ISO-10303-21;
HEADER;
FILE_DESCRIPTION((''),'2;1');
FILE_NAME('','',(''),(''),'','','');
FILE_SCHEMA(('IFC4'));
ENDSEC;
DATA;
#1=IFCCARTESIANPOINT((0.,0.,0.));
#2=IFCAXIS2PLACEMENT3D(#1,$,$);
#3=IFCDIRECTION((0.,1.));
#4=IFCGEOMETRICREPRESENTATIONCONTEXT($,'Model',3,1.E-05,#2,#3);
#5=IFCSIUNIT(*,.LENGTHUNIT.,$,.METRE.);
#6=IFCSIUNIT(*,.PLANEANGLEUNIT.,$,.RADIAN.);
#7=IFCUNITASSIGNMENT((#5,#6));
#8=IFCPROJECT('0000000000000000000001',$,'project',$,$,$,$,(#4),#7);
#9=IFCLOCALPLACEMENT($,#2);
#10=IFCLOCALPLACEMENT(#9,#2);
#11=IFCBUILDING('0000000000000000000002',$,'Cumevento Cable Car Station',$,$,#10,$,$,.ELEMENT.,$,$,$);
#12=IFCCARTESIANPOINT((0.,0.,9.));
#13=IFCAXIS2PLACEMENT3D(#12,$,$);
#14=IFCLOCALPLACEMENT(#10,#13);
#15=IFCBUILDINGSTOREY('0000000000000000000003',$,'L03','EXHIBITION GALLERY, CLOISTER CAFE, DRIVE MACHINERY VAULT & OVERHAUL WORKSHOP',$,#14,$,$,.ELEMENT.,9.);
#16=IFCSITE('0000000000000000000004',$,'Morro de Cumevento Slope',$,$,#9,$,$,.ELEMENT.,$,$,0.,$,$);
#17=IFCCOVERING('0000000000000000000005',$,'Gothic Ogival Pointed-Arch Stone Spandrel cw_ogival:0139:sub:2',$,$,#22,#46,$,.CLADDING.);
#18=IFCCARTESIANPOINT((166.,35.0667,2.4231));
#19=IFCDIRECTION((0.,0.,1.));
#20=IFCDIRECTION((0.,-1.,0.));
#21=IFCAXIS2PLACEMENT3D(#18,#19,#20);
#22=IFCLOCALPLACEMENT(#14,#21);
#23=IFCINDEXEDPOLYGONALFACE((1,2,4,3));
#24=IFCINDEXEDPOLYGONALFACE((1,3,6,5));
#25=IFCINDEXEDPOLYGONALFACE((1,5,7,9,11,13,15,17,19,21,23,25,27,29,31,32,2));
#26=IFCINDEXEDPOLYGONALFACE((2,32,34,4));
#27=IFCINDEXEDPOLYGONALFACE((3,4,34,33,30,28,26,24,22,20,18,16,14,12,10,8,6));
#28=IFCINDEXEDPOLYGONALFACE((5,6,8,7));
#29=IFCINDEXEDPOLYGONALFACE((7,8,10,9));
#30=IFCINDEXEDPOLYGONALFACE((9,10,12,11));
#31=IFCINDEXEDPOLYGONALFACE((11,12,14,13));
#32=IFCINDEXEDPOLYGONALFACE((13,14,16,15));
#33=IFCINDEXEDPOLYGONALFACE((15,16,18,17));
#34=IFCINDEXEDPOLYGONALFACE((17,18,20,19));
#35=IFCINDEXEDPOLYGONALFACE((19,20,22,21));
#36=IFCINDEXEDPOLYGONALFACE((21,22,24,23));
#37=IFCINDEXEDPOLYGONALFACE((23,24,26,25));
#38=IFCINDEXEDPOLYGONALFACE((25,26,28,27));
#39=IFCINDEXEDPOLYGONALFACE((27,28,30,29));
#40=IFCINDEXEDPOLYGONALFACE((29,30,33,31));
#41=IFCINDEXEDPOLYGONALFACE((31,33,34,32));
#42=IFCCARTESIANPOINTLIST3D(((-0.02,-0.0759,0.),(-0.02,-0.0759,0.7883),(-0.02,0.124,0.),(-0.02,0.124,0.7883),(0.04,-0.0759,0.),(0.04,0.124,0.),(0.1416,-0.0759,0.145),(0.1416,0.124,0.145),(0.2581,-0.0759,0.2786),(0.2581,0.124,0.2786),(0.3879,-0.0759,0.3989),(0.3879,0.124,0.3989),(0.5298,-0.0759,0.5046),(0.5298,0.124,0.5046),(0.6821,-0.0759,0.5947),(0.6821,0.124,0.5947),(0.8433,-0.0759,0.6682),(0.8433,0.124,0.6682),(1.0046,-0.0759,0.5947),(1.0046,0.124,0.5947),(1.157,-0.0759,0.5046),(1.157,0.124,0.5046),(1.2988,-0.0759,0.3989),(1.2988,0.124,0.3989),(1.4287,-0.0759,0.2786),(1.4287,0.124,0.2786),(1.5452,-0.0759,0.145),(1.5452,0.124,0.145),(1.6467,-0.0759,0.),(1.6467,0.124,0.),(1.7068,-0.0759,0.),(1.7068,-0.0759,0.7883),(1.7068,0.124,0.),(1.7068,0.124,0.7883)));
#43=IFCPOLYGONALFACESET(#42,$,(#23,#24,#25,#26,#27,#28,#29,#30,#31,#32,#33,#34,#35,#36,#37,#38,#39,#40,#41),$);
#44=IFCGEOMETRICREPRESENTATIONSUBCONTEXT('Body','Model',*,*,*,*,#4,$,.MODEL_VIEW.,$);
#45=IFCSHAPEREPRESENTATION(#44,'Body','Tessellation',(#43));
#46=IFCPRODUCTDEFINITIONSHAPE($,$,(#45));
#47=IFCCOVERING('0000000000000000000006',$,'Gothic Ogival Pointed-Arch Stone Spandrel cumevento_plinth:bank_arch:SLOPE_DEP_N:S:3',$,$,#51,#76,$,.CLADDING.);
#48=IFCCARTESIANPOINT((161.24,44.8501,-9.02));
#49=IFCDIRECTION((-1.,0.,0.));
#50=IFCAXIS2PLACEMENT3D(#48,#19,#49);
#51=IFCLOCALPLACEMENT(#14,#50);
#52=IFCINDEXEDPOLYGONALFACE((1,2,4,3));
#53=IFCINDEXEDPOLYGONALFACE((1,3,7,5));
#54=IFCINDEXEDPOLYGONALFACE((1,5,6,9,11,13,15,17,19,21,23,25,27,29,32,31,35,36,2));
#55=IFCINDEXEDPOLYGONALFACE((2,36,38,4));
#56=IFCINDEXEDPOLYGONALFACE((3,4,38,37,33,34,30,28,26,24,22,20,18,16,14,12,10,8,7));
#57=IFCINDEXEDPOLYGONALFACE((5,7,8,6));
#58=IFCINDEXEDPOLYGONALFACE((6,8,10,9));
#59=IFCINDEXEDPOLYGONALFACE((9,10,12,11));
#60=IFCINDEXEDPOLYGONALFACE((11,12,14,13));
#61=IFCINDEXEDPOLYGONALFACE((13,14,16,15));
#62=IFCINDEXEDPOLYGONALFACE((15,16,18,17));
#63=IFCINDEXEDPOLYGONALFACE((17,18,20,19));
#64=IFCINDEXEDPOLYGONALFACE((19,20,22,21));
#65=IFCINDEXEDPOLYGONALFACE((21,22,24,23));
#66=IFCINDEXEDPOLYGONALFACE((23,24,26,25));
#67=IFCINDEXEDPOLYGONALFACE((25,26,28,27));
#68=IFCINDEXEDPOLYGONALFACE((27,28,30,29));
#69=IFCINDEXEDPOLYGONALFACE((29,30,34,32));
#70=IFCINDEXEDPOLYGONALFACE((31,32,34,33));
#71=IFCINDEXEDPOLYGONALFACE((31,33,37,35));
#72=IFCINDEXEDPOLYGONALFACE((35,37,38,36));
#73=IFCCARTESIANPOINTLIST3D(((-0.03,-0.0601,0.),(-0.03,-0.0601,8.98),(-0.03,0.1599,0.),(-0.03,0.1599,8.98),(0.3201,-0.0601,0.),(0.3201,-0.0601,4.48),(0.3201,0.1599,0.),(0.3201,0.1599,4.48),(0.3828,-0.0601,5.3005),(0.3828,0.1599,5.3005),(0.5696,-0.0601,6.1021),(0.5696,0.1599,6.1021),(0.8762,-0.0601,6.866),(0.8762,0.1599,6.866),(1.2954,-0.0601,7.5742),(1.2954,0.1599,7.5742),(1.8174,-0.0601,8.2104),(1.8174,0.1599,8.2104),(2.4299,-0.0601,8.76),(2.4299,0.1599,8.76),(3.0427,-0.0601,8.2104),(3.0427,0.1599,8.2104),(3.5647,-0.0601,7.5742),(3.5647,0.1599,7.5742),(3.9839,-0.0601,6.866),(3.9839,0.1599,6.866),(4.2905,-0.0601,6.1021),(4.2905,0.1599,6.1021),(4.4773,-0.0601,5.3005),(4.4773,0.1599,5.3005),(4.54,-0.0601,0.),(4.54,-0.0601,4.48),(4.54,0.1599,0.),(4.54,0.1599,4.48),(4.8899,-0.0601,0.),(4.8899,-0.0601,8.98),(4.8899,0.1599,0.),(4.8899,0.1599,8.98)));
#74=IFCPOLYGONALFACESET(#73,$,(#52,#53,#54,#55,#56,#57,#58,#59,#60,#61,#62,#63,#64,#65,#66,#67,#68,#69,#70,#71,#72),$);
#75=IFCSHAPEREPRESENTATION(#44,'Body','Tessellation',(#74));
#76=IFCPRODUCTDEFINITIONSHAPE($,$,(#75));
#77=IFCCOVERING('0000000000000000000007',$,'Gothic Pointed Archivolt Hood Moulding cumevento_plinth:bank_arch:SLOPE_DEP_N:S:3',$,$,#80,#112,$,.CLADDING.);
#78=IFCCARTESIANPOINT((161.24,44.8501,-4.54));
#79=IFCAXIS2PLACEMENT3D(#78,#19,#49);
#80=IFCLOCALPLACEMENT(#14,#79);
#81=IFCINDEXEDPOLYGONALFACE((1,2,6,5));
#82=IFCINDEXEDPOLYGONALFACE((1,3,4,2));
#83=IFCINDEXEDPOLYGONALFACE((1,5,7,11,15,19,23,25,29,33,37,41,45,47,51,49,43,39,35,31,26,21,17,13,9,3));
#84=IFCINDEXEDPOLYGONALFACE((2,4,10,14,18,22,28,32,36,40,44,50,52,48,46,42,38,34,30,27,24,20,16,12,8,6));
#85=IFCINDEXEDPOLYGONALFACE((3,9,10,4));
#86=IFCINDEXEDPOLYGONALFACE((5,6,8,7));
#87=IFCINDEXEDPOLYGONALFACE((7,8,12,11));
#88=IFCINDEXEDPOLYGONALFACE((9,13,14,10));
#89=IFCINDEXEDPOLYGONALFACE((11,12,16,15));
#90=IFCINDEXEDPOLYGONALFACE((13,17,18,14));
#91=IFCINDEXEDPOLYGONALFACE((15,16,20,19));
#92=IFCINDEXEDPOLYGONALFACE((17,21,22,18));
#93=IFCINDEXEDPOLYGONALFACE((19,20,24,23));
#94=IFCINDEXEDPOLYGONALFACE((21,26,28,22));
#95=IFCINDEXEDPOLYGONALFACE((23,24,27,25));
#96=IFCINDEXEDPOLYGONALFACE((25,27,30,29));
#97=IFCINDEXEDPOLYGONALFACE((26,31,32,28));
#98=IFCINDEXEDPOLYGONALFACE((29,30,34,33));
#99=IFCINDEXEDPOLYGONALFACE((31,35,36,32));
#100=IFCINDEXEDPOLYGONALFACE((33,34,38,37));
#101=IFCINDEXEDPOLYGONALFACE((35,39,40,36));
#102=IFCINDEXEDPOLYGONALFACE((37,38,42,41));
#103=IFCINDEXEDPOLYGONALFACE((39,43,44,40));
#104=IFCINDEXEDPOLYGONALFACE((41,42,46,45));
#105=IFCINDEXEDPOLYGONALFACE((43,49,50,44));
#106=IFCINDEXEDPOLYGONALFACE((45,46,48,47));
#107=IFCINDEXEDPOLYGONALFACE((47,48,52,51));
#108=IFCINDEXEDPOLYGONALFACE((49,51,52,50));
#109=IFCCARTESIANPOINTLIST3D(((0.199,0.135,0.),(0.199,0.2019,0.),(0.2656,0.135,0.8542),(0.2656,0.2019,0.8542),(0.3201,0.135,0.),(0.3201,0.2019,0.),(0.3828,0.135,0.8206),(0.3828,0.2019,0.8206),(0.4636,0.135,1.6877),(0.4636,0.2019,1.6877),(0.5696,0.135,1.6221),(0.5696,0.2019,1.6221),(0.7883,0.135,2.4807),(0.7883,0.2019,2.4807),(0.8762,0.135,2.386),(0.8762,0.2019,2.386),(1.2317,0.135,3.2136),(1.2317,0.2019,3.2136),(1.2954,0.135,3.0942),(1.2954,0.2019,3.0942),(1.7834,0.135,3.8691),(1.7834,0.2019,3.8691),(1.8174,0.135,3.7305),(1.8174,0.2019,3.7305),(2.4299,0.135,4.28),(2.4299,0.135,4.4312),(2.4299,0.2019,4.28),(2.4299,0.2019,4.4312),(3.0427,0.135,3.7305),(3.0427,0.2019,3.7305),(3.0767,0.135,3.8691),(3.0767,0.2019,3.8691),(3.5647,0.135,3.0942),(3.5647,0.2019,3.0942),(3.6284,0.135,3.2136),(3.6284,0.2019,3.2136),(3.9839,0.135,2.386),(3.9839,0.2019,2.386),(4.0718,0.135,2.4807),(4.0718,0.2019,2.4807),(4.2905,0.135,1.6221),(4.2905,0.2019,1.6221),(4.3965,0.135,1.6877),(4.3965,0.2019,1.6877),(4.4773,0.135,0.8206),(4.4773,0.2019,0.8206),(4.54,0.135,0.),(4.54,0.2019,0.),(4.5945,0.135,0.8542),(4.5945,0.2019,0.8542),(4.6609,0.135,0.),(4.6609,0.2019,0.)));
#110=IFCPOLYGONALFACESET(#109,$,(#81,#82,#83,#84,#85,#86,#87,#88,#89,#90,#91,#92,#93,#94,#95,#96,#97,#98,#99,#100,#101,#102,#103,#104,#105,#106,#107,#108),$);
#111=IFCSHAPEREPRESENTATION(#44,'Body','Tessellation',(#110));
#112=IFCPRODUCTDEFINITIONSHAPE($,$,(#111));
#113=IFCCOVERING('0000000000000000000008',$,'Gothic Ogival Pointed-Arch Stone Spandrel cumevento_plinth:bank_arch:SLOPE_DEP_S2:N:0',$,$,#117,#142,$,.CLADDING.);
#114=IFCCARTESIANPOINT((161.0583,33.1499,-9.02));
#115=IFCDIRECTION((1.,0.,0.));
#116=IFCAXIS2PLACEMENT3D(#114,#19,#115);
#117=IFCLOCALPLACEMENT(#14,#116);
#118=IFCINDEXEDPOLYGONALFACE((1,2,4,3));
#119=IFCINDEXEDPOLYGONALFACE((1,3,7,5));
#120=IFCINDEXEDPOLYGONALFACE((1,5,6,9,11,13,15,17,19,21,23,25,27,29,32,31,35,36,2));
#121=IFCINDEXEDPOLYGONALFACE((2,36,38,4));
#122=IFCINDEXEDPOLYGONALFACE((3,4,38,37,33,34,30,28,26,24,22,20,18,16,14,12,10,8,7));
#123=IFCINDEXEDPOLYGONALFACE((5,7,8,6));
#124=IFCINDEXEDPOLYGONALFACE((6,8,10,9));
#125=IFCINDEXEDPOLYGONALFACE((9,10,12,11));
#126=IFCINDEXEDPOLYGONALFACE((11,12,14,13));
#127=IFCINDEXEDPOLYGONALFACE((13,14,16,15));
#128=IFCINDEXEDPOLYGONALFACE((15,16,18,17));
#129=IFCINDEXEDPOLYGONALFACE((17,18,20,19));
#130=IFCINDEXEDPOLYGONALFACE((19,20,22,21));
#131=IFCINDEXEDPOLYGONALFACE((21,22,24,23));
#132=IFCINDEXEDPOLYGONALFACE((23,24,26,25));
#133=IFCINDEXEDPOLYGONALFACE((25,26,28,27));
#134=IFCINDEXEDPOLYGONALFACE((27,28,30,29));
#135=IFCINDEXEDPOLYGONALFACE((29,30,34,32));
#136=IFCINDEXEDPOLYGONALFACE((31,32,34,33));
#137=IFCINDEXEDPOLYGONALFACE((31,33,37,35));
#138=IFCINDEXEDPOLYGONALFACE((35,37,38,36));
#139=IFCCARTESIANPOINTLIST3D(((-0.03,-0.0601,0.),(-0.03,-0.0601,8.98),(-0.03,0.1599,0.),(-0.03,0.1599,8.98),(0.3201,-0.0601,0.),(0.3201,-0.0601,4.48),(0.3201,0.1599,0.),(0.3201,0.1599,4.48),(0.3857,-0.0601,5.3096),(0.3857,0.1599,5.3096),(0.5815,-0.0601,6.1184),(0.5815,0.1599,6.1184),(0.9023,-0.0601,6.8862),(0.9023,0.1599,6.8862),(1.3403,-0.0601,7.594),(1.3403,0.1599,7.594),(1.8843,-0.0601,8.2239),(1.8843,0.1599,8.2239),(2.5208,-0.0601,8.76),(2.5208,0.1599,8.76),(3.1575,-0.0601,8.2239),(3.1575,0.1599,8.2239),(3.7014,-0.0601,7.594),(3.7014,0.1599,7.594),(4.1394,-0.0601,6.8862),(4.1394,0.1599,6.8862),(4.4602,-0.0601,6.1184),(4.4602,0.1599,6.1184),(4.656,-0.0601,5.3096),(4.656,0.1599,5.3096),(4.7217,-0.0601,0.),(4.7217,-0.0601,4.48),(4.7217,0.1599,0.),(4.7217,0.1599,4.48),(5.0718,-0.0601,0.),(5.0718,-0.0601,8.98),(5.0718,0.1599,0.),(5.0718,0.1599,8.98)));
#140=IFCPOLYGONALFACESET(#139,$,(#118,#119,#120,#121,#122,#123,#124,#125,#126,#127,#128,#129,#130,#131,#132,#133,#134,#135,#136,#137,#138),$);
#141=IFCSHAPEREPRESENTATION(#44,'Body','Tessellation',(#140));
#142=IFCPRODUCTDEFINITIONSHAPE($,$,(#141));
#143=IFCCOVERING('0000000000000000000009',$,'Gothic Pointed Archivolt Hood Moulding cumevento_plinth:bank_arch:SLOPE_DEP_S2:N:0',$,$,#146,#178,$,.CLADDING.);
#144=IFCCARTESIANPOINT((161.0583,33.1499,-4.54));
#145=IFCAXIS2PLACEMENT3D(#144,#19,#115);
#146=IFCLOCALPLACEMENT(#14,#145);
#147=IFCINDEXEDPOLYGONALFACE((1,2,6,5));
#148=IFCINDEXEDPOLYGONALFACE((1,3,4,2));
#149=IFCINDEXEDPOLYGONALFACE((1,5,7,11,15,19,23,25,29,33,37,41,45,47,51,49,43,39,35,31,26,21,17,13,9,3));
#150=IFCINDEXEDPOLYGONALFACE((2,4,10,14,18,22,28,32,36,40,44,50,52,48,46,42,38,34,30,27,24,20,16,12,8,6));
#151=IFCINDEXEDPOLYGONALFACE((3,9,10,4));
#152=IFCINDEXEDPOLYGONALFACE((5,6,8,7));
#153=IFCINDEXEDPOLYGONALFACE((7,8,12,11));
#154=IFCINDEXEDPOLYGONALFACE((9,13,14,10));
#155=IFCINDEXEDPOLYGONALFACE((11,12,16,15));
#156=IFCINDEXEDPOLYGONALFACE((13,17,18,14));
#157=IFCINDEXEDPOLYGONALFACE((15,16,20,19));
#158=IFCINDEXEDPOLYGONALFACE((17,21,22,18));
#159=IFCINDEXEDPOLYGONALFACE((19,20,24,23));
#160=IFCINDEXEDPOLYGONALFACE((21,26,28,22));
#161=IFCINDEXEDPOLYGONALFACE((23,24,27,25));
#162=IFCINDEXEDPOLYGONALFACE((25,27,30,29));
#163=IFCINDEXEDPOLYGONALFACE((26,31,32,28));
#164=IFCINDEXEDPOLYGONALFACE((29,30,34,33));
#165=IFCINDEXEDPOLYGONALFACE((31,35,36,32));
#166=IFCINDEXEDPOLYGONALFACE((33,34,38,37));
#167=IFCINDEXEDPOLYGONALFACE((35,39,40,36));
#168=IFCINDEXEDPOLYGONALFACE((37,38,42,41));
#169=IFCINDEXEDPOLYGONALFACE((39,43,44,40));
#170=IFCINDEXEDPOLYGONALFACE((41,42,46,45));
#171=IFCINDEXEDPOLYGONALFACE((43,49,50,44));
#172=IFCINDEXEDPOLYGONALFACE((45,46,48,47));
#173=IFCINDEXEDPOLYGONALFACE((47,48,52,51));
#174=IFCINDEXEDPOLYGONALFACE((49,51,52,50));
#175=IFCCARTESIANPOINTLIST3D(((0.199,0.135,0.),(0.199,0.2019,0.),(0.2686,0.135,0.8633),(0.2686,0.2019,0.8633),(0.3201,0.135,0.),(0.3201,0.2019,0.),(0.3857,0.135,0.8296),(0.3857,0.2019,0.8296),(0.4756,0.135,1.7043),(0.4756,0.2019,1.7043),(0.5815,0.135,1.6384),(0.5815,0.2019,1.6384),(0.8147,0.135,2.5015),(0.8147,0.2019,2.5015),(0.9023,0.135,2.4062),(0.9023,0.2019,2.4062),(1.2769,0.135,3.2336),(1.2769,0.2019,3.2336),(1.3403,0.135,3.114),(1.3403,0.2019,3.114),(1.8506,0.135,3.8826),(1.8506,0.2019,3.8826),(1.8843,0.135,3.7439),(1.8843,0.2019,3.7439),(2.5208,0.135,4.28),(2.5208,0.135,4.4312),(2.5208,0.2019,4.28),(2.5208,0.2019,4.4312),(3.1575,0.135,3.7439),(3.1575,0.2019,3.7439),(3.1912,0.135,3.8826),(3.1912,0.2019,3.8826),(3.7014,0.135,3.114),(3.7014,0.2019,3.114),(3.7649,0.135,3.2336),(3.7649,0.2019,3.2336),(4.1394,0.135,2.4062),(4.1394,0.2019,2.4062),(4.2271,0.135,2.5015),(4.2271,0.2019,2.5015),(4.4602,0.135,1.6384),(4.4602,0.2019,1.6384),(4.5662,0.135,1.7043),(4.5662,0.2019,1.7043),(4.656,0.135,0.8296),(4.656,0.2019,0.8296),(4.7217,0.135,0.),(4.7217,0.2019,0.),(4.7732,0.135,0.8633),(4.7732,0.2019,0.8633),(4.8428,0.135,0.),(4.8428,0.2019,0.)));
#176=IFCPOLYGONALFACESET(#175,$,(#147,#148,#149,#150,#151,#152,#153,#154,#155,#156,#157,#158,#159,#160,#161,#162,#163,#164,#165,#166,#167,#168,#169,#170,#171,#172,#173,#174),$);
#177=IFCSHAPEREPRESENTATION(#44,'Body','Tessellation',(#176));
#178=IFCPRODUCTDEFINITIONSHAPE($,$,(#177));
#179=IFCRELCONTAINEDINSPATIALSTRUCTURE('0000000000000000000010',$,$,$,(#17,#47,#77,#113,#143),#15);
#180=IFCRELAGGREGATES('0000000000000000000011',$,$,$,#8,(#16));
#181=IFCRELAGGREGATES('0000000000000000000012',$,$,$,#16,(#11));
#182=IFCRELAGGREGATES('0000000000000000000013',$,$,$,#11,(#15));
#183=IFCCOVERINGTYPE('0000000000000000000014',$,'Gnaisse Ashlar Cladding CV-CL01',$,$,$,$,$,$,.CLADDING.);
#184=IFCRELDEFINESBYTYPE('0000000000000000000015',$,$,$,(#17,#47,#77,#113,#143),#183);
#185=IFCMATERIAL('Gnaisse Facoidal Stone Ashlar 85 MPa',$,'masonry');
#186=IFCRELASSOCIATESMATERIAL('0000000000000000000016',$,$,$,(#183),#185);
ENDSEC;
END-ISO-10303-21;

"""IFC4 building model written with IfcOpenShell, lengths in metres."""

from ifc_helpers import new_model, si_unit, direction, frame, origin, place, context, subcontext, project, spatial, polyline, outline, extrude, material, type_object, element, save


model = new_model("IFC4")

# Units and contexts
model_context = context("Model", 3, precision=1e-05, world=origin(), true_north=direction((0.0, 1.0)))
body_context = subcontext(model_context, "Body", "Model", "MODEL_VIEW")
ifc_project = project(units=[si_unit("LENGTHUNIT", "METRE"), si_unit("PLANEANGLEUNIT", "RADIAN")], contexts=[model_context])

# Site, building, storey
site_placement = place(None, origin())
site = spatial("IfcSite", under=ifc_project, at=site_placement, Name="Morro de Cumevento Slope", CompositionType="ELEMENT", RefElevation=0.0)
building_placement = place(site_placement, origin())
building = spatial("IfcBuilding", under=site, at=building_placement, Name="Cumevento Cable Car Station", CompositionType="ELEMENT")
storey_placement = place(building_placement, frame((0.0, 0.0, 9.0)))
storey = spatial("IfcBuildingStorey", under=building, at=storey_placement, Name="L03", Description="EXHIBITION GALLERY, CLOISTER CAFE, DRIVE MACHINERY VAULT & OVERHAUL WORKSHOP", CompositionType="ELEMENT", Elevation=9.0)

# Coverings
ifc_material_1 = material(Name="Gnaisse Facoidal Stone Ashlar 85 MPa", Category="masonry")
covering_type = type_object("IfcCoveringType", Name="Gnaisse Ashlar Cladding CV-CL01", PredefinedType="CLADDING", material=ifc_material_1)
covering_1_placement = place(storey_placement, frame((166.0, 35.0667, 2.4231), z_axis=(0.0, 0.0, 1.0), x_axis=(0.0, -1.0, 0.0)))
element("IfcCovering", 1, at=covering_1_placement, inside=storey, type_object=covering_type, Name="Gothic Ogival Pointed-Arch Stone Spandrel cw_ogival:0139:sub:2", PredefinedType="CLADDING", context=body_context, shape_type="SweptSolid", body=[
    extrude(outline(polyline([(-0.02, 0.0), (-0.02, 0.7883), (1.7068, 0.7883), (1.7068, 0.0), (1.6467, 0.0), (1.5452, 0.145), (1.4287, 0.2786), (1.2988, 0.3989), (1.157, 0.5046), (1.0046, 0.5947), (0.8433, 0.6682), (0.6821, 0.5947), (0.5298, 0.5046), (0.3879, 0.3989), (0.2581, 0.2786), (0.1416, 0.145), (0.04, 0.0), (-0.02, 0.0)])), frame((0.0, 0.124, 0.0), z_axis=(0.0, -1.0, 0.0), x_axis=(1.0, 0.0, 0.0)), (0.0, 0.0, 1.0), 0.2),
])
covering_2_placement = place(storey_placement, frame((161.24, 44.8501, -9.02), z_axis=(0.0, 0.0, 1.0), x_axis=(-1.0, 0.0, 0.0)))
element("IfcCovering", 2, at=covering_2_placement, inside=storey, type_object=covering_type, Name="Gothic Ogival Pointed-Arch Stone Spandrel cumevento_plinth:bank_arch:SLOPE_DEP_N:S:3", PredefinedType="CLADDING", context=body_context, shape_type="SweptSolid", body=[
    extrude(outline(polyline([(-0.03, 0.0), (-0.03, 8.98), (4.8899, 8.98), (4.8899, 0.0), (4.54, 0.0), (4.54, 4.48), (4.4773, 5.3005), (4.2905, 6.1021), (3.9839, 6.866), (3.5647, 7.5742), (3.0427, 8.2104), (2.4299, 8.76), (1.8174, 8.2104), (1.2954, 7.5742), (0.8762, 6.866), (0.5696, 6.1021), (0.3828, 5.3005), (0.3201, 4.48), (0.3201, 0.0), (-0.03, 0.0)])), frame((0.0, 0.1599, 0.0), z_axis=(0.0, -1.0, 0.0), x_axis=(1.0, 0.0, 0.0)), (0.0, 0.0, 1.0), 0.22),
])
covering_3_placement = place(storey_placement, frame((161.24, 44.8501, -4.54), z_axis=(0.0, 0.0, 1.0), x_axis=(-1.0, 0.0, 0.0)))
element("IfcCovering", 3, at=covering_3_placement, inside=storey, type_object=covering_type, Name="Gothic Pointed Archivolt Hood Moulding cumevento_plinth:bank_arch:SLOPE_DEP_N:S:3", PredefinedType="CLADDING", context=body_context, shape_type="SweptSolid", body=[
    extrude(outline(polyline([(0.3201, 0.0), (0.3828, 0.8206), (0.5696, 1.6221), (0.8762, 2.386), (1.2954, 3.0942), (1.8174, 3.7305), (2.4299, 4.28), (3.0427, 3.7305), (3.5647, 3.0942), (3.9839, 2.386), (4.2905, 1.6221), (4.4773, 0.8206), (4.54, 0.0), (4.6609, 0.0), (4.5945, 0.8542), (4.3965, 1.6877), (4.0718, 2.4807), (3.6284, 3.2136), (3.0767, 3.8691), (2.4299, 4.4312), (1.7834, 3.8691), (1.2317, 3.2136), (0.7883, 2.4807), (0.4636, 1.6877), (0.2656, 0.8542), (0.199, 0.0), (0.3201, 0.0)])), frame((0.0, 0.2019, 0.0), z_axis=(0.0, -1.0, 0.0), x_axis=(1.0, 0.0, 0.0)), (0.0, 0.0, 1.0), 0.0669),
])
covering_4_placement = place(storey_placement, frame((161.0583, 33.1499, -9.02), z_axis=(0.0, 0.0, 1.0), x_axis=(1.0, 0.0, 0.0)))
element("IfcCovering", 4, at=covering_4_placement, inside=storey, type_object=covering_type, Name="Gothic Ogival Pointed-Arch Stone Spandrel cumevento_plinth:bank_arch:SLOPE_DEP_S2:N:0", PredefinedType="CLADDING", context=body_context, shape_type="SweptSolid", body=[
    extrude(outline(polyline([(-0.03, 0.0), (-0.03, 8.98), (5.0718, 8.98), (5.0718, 0.0), (4.7217, 0.0), (4.7217, 4.48), (4.656, 5.3096), (4.4602, 6.1184), (4.1394, 6.8862), (3.7014, 7.594), (3.1575, 8.2239), (2.5208, 8.76), (1.8843, 8.2239), (1.3403, 7.594), (0.9023, 6.8862), (0.5815, 6.1184), (0.3857, 5.3096), (0.3201, 4.48), (0.3201, 0.0), (-0.03, 0.0)])), frame((0.0, 0.1599, 0.0), z_axis=(0.0, -1.0, 0.0), x_axis=(1.0, 0.0, 0.0)), (0.0, 0.0, 1.0), 0.22),
])
covering_5_placement = place(storey_placement, frame((161.0583, 33.1499, -4.54), z_axis=(0.0, 0.0, 1.0), x_axis=(1.0, 0.0, 0.0)))
element("IfcCovering", 5, at=covering_5_placement, inside=storey, type_object=covering_type, Name="Gothic Pointed Archivolt Hood Moulding cumevento_plinth:bank_arch:SLOPE_DEP_S2:N:0", PredefinedType="CLADDING", context=body_context, shape_type="SweptSolid", body=[
    extrude(outline(polyline([(0.3201, 0.0), (0.3857, 0.8296), (0.5815, 1.6384), (0.9023, 2.4062), (1.3403, 3.114), (1.8843, 3.7439), (2.5208, 4.28), (3.1575, 3.7439), (3.7014, 3.114), (4.1394, 2.4062), (4.4602, 1.6384), (4.656, 0.8296), (4.7217, 0.0), (4.8428, 0.0), (4.7732, 0.8633), (4.5662, 1.7043), (4.2271, 2.5015), (3.7649, 3.2336), (3.1912, 3.8826), (2.5208, 4.4312), (1.8506, 3.8826), (1.2769, 3.2336), (0.8147, 2.5015), (0.4756, 1.7043), (0.2686, 0.8633), (0.199, 0.0), (0.3201, 0.0)])), frame((0.0, 0.2019, 0.0), z_axis=(0.0, -1.0, 0.0), x_axis=(1.0, 0.0, 0.0)), (0.0, 0.0, 1.0), 0.0669),
])

save(model, "model.ifc")
